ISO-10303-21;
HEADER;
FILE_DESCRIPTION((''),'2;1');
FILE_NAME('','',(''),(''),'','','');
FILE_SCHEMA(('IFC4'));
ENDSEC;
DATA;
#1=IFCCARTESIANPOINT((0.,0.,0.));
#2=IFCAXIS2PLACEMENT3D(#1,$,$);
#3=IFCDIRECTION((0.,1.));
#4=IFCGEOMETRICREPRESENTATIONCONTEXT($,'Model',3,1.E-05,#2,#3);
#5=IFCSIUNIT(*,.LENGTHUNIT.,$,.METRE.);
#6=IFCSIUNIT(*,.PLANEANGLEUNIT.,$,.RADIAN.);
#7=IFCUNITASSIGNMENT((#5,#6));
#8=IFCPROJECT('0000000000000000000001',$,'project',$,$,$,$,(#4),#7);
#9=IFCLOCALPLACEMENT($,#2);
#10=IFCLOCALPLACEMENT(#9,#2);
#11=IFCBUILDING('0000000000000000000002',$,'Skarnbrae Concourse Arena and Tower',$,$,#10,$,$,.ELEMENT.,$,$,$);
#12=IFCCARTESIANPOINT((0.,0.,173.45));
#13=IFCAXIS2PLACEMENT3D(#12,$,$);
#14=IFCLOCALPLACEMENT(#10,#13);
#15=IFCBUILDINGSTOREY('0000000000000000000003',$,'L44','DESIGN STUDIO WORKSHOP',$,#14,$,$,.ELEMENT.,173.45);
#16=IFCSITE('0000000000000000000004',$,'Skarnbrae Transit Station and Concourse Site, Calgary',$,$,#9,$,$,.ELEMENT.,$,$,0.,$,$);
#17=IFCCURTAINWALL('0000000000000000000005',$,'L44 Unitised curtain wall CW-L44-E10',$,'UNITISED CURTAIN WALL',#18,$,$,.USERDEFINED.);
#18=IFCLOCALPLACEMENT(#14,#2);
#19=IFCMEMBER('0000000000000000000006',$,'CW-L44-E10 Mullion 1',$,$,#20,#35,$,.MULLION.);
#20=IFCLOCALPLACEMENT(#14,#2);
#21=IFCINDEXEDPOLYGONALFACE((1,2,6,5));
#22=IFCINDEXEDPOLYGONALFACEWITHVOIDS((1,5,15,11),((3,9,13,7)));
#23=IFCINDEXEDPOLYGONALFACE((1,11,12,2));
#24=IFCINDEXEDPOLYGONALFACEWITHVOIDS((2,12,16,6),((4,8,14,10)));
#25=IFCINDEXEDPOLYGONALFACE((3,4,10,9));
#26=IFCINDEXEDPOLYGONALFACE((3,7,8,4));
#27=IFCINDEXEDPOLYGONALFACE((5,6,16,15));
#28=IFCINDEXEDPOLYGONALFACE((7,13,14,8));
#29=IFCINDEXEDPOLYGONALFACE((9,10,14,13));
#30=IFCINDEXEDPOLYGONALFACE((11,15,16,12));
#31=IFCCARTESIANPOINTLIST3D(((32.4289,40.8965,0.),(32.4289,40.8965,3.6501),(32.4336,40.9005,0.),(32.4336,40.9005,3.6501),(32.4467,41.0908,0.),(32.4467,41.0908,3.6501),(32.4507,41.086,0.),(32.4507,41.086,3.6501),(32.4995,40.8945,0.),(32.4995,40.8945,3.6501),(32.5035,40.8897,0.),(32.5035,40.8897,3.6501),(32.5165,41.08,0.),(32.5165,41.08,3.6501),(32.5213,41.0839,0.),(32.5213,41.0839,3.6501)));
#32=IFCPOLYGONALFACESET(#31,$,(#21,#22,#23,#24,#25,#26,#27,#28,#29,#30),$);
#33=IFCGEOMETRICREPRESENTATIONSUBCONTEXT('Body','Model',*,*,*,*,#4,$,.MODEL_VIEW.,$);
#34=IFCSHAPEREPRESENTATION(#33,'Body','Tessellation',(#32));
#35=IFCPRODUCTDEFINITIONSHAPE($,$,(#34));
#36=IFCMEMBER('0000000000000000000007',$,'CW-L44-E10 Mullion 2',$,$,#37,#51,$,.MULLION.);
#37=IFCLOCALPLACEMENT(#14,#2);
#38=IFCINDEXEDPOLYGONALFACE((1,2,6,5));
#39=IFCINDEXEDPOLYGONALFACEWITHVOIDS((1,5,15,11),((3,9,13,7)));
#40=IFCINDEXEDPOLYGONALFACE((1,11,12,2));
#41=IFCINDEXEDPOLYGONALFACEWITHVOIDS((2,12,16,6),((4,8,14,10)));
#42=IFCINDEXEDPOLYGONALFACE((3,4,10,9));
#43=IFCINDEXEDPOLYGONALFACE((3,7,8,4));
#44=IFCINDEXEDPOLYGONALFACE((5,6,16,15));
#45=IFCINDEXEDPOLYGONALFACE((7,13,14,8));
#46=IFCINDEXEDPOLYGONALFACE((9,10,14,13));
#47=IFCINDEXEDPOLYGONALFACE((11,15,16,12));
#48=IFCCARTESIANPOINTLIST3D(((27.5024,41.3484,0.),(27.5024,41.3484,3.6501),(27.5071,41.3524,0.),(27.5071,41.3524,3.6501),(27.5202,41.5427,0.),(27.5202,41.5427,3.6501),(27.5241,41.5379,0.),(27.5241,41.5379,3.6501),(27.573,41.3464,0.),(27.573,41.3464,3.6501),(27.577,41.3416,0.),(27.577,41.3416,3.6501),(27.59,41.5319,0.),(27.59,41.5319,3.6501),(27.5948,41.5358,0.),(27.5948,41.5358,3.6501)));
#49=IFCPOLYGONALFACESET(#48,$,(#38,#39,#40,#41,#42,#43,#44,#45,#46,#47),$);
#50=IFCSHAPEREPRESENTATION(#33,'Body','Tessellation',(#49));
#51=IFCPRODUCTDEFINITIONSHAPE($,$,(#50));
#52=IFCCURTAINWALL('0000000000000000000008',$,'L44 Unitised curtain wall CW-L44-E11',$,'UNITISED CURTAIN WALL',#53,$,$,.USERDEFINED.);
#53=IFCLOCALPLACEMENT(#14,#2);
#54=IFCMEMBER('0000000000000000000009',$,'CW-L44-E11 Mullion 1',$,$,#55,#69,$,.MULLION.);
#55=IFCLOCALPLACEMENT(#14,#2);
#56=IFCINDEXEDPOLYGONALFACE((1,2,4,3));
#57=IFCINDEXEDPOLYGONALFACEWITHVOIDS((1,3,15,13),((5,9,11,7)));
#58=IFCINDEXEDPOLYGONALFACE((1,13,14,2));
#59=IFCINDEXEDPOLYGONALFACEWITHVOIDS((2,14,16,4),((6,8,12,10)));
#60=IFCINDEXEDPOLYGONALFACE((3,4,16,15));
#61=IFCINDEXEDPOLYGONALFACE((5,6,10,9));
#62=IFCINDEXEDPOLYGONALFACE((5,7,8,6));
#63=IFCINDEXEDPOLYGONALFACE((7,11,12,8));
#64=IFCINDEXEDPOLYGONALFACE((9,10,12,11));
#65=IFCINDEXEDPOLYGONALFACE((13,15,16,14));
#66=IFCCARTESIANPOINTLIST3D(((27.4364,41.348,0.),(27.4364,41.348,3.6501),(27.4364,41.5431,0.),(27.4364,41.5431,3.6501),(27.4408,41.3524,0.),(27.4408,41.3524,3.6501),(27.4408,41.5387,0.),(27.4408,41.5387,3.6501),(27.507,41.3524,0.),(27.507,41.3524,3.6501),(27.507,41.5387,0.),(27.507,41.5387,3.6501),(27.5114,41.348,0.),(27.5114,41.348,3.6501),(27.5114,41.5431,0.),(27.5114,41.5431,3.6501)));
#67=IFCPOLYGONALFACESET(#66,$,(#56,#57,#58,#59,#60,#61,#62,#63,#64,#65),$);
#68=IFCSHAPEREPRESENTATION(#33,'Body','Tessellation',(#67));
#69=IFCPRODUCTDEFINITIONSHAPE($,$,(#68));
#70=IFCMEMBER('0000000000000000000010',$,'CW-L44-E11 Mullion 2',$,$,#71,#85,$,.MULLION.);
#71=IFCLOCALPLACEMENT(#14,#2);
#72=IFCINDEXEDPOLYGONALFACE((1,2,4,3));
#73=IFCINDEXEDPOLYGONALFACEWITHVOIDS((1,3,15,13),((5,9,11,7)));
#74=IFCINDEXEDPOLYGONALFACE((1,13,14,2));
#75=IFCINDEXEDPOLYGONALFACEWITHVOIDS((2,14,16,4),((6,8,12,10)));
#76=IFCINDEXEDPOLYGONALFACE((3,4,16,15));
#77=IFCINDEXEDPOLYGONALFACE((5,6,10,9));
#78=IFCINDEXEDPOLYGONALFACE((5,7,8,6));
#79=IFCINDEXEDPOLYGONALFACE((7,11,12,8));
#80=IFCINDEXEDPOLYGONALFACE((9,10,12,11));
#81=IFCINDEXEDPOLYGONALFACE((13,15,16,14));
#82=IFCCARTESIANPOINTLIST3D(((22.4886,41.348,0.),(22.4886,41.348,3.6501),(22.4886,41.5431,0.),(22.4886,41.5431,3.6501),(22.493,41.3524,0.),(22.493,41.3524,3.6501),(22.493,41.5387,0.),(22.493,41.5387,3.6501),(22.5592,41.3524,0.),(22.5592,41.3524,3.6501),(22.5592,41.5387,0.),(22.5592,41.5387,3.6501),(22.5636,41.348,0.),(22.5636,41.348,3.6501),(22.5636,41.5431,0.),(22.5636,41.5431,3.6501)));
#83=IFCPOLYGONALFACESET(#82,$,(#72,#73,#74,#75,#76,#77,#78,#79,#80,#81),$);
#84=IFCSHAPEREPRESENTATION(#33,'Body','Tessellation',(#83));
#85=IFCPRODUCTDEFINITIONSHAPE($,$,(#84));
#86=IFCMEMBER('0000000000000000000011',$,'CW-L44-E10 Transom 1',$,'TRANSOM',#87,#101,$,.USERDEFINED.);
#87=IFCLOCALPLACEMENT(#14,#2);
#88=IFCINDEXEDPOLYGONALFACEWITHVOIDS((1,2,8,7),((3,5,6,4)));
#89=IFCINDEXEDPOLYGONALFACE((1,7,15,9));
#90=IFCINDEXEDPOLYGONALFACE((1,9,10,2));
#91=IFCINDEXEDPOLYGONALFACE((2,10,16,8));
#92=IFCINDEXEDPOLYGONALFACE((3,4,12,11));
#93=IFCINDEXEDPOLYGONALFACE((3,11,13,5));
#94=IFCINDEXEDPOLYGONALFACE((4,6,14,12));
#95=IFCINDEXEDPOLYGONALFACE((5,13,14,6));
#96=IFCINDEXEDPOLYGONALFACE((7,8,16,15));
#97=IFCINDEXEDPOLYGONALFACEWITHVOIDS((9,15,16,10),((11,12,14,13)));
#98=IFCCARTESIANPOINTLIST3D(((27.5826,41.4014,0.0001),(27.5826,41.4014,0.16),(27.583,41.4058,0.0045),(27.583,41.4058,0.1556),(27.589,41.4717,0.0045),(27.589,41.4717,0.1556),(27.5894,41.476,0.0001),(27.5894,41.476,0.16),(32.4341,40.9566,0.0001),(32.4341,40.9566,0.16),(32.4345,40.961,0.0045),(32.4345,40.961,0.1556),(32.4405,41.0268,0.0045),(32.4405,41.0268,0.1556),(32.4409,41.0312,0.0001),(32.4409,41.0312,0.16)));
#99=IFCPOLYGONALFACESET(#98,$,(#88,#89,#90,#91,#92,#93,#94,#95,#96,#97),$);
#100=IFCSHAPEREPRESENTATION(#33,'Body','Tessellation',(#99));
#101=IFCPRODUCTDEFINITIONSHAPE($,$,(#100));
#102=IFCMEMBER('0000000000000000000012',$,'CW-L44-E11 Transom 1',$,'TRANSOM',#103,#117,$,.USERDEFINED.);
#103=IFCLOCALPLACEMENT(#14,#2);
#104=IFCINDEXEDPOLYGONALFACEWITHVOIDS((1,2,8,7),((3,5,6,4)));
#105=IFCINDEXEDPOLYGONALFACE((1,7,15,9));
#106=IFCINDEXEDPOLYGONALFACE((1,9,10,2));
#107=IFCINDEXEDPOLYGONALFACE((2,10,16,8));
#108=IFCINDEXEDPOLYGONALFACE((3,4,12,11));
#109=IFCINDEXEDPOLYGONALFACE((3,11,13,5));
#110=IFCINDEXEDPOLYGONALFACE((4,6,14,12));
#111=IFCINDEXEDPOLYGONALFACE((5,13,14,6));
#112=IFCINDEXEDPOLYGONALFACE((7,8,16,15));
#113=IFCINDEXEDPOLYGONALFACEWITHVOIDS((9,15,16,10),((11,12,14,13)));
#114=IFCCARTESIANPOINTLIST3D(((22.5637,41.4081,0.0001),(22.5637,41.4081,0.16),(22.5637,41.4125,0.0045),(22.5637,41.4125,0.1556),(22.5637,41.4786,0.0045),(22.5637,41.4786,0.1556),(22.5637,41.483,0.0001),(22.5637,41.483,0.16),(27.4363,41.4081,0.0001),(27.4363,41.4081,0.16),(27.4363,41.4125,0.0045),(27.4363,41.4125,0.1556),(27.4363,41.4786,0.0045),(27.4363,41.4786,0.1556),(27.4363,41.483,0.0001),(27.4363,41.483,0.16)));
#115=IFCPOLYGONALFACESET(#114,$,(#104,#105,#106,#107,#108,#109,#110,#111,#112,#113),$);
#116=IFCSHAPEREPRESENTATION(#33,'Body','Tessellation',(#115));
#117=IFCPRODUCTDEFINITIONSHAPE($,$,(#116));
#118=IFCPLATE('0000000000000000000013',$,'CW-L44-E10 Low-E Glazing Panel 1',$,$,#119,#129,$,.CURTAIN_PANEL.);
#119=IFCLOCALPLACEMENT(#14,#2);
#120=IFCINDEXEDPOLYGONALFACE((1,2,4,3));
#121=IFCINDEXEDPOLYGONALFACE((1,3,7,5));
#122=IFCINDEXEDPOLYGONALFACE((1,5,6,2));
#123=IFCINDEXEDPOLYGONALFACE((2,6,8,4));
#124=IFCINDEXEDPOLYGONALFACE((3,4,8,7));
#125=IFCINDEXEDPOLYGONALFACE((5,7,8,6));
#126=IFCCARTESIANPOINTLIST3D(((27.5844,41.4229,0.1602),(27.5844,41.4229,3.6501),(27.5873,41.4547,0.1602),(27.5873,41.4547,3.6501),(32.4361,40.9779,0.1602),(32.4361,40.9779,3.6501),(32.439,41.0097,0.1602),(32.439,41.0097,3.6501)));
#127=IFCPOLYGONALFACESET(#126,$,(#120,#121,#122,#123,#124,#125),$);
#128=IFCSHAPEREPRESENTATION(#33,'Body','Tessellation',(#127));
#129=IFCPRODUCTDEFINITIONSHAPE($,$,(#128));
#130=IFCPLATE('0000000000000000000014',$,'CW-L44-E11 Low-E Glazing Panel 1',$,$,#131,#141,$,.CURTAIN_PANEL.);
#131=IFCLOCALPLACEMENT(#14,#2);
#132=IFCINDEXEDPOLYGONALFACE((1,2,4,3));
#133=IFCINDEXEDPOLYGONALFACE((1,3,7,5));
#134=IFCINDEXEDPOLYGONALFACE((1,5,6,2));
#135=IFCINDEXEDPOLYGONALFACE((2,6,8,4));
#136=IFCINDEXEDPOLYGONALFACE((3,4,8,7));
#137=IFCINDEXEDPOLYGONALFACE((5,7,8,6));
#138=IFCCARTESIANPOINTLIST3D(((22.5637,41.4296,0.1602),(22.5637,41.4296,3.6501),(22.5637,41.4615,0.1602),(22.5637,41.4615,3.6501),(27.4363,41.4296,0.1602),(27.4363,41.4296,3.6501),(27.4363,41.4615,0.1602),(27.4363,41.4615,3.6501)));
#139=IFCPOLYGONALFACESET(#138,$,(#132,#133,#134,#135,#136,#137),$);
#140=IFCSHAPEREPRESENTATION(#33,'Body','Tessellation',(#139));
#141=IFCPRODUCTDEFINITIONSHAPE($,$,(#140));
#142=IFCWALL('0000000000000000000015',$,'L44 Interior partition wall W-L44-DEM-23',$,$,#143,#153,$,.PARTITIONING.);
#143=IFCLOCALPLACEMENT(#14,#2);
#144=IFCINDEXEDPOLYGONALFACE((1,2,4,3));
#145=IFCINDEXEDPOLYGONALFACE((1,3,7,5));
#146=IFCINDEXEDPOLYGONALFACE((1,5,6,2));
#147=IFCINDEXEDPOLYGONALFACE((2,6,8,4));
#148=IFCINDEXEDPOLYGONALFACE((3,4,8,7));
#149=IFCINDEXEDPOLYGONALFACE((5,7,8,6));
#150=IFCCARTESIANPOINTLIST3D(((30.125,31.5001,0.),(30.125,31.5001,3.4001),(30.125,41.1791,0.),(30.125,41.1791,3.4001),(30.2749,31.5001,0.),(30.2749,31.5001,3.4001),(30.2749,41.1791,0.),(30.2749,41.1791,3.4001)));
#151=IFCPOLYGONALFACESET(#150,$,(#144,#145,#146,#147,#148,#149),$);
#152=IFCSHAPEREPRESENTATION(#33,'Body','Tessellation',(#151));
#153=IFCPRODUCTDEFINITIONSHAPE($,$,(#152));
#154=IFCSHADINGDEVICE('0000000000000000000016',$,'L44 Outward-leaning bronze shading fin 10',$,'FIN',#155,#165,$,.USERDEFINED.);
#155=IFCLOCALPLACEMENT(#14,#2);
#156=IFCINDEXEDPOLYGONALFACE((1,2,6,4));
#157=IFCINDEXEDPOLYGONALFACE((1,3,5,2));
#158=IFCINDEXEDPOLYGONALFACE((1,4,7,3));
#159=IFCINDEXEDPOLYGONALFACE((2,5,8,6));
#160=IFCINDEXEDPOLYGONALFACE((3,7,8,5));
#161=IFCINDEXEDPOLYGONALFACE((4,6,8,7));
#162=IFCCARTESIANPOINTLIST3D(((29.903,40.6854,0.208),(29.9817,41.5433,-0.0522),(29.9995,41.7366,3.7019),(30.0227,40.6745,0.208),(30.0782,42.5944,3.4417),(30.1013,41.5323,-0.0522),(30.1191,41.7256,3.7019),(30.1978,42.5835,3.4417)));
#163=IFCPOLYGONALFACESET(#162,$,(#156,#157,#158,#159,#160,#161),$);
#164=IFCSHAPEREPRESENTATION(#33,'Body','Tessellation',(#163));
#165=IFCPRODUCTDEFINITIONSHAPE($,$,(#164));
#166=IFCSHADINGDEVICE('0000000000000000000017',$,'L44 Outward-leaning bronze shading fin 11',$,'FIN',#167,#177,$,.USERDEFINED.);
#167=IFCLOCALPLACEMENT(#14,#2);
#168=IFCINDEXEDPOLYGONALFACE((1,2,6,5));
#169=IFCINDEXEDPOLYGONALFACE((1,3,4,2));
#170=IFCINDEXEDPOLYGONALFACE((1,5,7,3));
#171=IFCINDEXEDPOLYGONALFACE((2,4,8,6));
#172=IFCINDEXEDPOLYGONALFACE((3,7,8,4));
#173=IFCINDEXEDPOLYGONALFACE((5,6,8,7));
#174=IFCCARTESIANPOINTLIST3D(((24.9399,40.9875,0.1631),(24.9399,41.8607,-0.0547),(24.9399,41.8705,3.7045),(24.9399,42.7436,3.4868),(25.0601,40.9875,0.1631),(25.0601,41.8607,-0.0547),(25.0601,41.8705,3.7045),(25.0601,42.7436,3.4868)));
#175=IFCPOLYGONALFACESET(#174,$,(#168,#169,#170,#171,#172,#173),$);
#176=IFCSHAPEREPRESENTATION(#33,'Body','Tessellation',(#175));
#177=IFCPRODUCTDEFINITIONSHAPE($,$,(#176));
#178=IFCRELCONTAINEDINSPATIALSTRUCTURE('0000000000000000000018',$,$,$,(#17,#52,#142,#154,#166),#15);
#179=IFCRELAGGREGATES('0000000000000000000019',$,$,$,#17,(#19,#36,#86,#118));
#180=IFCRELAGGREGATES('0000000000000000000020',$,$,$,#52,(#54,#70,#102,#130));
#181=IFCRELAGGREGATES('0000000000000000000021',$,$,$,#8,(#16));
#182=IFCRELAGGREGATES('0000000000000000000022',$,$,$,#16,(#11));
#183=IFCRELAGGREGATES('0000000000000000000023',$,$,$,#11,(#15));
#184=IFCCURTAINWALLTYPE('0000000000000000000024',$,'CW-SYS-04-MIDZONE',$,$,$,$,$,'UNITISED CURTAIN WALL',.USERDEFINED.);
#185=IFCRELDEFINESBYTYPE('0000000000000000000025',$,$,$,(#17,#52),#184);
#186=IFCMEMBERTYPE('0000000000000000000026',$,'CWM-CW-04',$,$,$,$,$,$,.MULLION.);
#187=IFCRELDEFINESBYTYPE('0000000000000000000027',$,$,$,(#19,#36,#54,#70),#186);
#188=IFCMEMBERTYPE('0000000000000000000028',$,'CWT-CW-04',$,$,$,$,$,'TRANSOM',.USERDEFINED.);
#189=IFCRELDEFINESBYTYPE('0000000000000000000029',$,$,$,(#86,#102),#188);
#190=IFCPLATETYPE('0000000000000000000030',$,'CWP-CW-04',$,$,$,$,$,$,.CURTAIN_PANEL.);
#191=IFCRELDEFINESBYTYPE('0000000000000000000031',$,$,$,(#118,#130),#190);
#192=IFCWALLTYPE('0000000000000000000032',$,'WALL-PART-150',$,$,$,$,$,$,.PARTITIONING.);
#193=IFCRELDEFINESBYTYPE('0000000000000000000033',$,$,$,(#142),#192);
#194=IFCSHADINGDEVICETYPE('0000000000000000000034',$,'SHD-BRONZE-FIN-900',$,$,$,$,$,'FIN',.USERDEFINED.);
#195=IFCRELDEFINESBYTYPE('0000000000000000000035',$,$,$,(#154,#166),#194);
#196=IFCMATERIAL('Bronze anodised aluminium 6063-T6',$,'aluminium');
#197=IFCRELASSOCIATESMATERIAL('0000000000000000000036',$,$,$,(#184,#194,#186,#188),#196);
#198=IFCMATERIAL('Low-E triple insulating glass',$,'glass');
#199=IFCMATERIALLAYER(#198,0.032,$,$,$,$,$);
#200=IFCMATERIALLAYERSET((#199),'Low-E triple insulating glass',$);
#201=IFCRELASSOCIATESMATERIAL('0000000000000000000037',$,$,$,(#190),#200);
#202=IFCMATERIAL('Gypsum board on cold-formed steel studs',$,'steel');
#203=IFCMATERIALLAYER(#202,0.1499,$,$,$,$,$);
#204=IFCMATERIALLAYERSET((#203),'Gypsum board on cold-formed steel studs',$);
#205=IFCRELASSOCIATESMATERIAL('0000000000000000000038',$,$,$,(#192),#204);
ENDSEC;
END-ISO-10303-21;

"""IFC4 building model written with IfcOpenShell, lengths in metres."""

from ifc_helpers import new_model, si_unit, direction, frame, frame_2d, origin, origin_2d, place, context, subcontext, project, spatial, rectangle, hollow_rectangle, extrude, source, transform, mapped, material, layer, layer_set, material_profile, profile_set, type_object, element, aggregate, save


model = new_model("IFC4")

# Units and contexts
model_context = context("Model", 3, precision=1e-05, world=origin(), true_north=direction((0.0, 1.0)))
body_context = subcontext(model_context, "Body", "Model", "MODEL_VIEW")
ifc_project = project(units=[si_unit("LENGTHUNIT", "METRE"), si_unit("PLANEANGLEUNIT", "RADIAN")], contexts=[model_context])

# Site, building, storey
site_placement = place(None, origin())
site = spatial("IfcSite", under=ifc_project, at=site_placement, Name="Skarnbrae Transit Station and Concourse Site, Calgary", CompositionType="ELEMENT", RefElevation=0.0)
building_placement = place(site_placement, origin())
building = spatial("IfcBuilding", under=site, at=building_placement, Name="Skarnbrae Concourse Arena and Tower", CompositionType="ELEMENT")
storey_placement = place(building_placement, frame((0.0, 0.0, 173.45)))
storey = spatial("IfcBuildingStorey", under=building, at=storey_placement, Name="L44", Description="DESIGN STUDIO WORKSHOP", CompositionType="ELEMENT", Elevation=173.45)

# Shared definitions
ifc_material_1 = material(Name="Bronze anodised aluminium 6063-T6", Category="aluminium")
curtain_wall_type = type_object("IfcCurtainWallType", Name="CW-SYS-04-MIDZONE", ElementType="UNITISED CURTAIN WALL", PredefinedType="USERDEFINED", material=ifc_material_1)
ifc_material_profile_1 = material_profile(ifc_material_1, hollow_rectangle(XDim=0.075, YDim=0.1951, WallThickness=0.0044, at=origin_2d()), Name="ALU-MULL-75X195")
ifc_profile_set_1 = profile_set([ifc_material_profile_1], Name="Bronze anodised aluminium 6063-T6")
member_type_1 = type_object("IfcMemberType", Name="CWM-CW-04", PredefinedType="MULLION", material=ifc_profile_set_1)
shared_shape_1 = source(origin(), body_context, "Body", "SweptSolid", [
    extrude(hollow_rectangle(XDim=0.075, YDim=0.1951, WallThickness=0.0044, at=origin_2d()), origin(), (0.0, 0.0, 1.0), 3.6501),
])

# Curtain walls, members
curtain_wall_1_placement = place(storey_placement, origin())
curtain_wall_1 = element("IfcCurtainWall", 1, at=curtain_wall_1_placement, inside=storey, type_object=curtain_wall_type, Name="L44 Unitised curtain wall CW-L44-E10", ObjectType="UNITISED CURTAIN WALL", PredefinedType="USERDEFINED")
member_1_placement = place(storey_placement, frame((32.4751, 40.9902, 0.0), z_axis=(0.0, 0.0, 1.0), x_axis=(-0.99582, 0.091338, 0.0)))
member_1 = element("IfcMember", 2, at=member_1_placement, type_object=member_type_1, Name="CW-L44-E10 Mullion 1", PredefinedType="MULLION", context=body_context, shape_type="MappedRepresentation", body=[
    mapped(shared_shape_1, transform((0.0, 0.0, 0.0))),
])
member_2_placement = place(storey_placement, frame((27.5486, 41.4421, 0.0), z_axis=(0.0, 0.0, 1.0), x_axis=(-0.99582, 0.091338, 0.0)))
member_2 = element("IfcMember", 3, at=member_2_placement, type_object=member_type_1, Name="CW-L44-E10 Mullion 2", PredefinedType="MULLION", context=body_context, shape_type="MappedRepresentation", body=[
    mapped(shared_shape_1, transform((0.0, 0.0, 0.0))),
])
curtain_wall_2_placement = place(storey_placement, origin())
curtain_wall_2 = element("IfcCurtainWall", 4, at=curtain_wall_2_placement, inside=storey, type_object=curtain_wall_type, Name="L44 Unitised curtain wall CW-L44-E11", ObjectType="UNITISED CURTAIN WALL", PredefinedType="USERDEFINED")
member_3_placement = place(storey_placement, frame((27.4739, 41.4456, 0.0), z_axis=(0.0, 0.0, 1.0), x_axis=(-1.0, 0.0, 0.0)))
member_3 = element("IfcMember", 5, at=member_3_placement, type_object=member_type_1, Name="CW-L44-E11 Mullion 1", PredefinedType="MULLION", context=body_context, shape_type="MappedRepresentation", body=[
    mapped(shared_shape_1, transform((0.0, 0.0, 0.0))),
])
member_4_placement = place(storey_placement, frame((22.5261, 41.4456, 0.0), z_axis=(0.0, 0.0, 1.0), x_axis=(-1.0, 0.0, 0.0)))
member_4 = element("IfcMember", 6, at=member_4_placement, type_object=member_type_1, Name="CW-L44-E11 Mullion 2", PredefinedType="MULLION", context=body_context, shape_type="MappedRepresentation", body=[
    mapped(shared_shape_1, transform((0.0, 0.0, 0.0))),
])

# Members
ifc_material_profile_2 = material_profile(ifc_material_1, hollow_rectangle(XDim=0.075, YDim=0.1599, WallThickness=0.0044, at=origin_2d()), Name="ALU-TRAN-75X160")
ifc_profile_set_2 = profile_set([ifc_material_profile_2], Name="Bronze anodised aluminium 6063-T6")
member_type_2 = type_object("IfcMemberType", Name="CWT-CW-04", ElementType="TRANSOM", PredefinedType="USERDEFINED", material=ifc_profile_set_2)
shared_shape_2 = source(origin(), body_context, "Body", "SweptSolid", [
    extrude(hollow_rectangle(XDim=0.075, YDim=0.1599, WallThickness=0.0044, at=origin_2d()), origin(), (0.0, 0.0, 1.0), 4.8718),
])
member_5_placement = place(storey_placement, frame((32.4375, 40.9939, 0.0801), z_axis=(-0.995823, 0.091304, 0.0), x_axis=(-0.091304, -0.995823, 0.0)))
member_5 = element("IfcMember", 7, at=member_5_placement, type_object=member_type_2, Name="CW-L44-E10 Transom 1", ObjectType="TRANSOM", PredefinedType="USERDEFINED", context=body_context, shape_type="MappedRepresentation", body=[
    mapped(shared_shape_2, transform((0.0, 0.0, 0.0))),
])
shared_shape_3 = source(origin(), body_context, "Body", "SweptSolid", [
    extrude(hollow_rectangle(XDim=0.075, YDim=0.1599, WallThickness=0.0044, at=origin_2d()), origin(), (0.0, 0.0, 1.0), 4.8726),
])
member_6_placement = place(storey_placement, frame((27.4363, 41.4456, 0.0801), z_axis=(-1.0, 0.0, 0.0), x_axis=(0.0, -1.0, 0.0)))
member_6 = element("IfcMember", 8, at=member_6_placement, type_object=member_type_2, Name="CW-L44-E11 Transom 1", ObjectType="TRANSOM", PredefinedType="USERDEFINED", context=body_context, shape_type="MappedRepresentation", body=[
    mapped(shared_shape_3, transform((0.0, 0.0, 0.0))),
])

# Plates
ifc_material_2 = material(Name="Low-E triple insulating glass", Category="glass")
ifc_layer_1 = layer(ifc_material_2, 0.032)
ifc_layer_set_1 = layer_set([ifc_layer_1], Name="Low-E triple insulating glass")
plate_type = type_object("IfcPlateType", Name="CWP-CW-04", PredefinedType="CURTAIN_PANEL", material=ifc_layer_set_1)
shared_shape_4 = source(origin(), body_context, "Body", "SweptSolid", [
    extrude(rectangle(XDim=4.8721, YDim=0.032, at=origin_2d()), origin(), (0.0, 0.0, 1.0), 3.49),
])
plate_1_placement = place(storey_placement, frame((30.0117, 41.2163, 0.1602), z_axis=(0.0, 0.0, 1.0), x_axis=(-0.99582, 0.091338, 0.0)))
plate_1 = element("IfcPlate", 9, at=plate_1_placement, type_object=plate_type, Name="CW-L44-E10 Low-E Glazing Panel 1", PredefinedType="CURTAIN_PANEL", context=body_context, shape_type="MappedRepresentation", body=[
    mapped(shared_shape_4, transform((0.0, 0.0, 0.0))),
])
aggregate(curtain_wall_1, [member_1, member_2, member_5, plate_1])
shared_shape_5 = source(origin(), body_context, "Body", "SweptSolid", [
    extrude(rectangle(XDim=4.8726, YDim=0.032, at=origin_2d()), origin(), (0.0, 0.0, 1.0), 3.49),
])
plate_2_placement = place(storey_placement, frame((25.0, 41.4456, 0.1602), z_axis=(0.0, 0.0, 1.0), x_axis=(-1.0, 0.0, 0.0)))
plate_2 = element("IfcPlate", 10, at=plate_2_placement, type_object=plate_type, Name="CW-L44-E11 Low-E Glazing Panel 1", PredefinedType="CURTAIN_PANEL", context=body_context, shape_type="MappedRepresentation", body=[
    mapped(shared_shape_5, transform((0.0, 0.0, 0.0))),
])
aggregate(curtain_wall_2, [member_3, member_4, member_6, plate_2])

# Wall
ifc_material_3 = material(Name="Gypsum board on cold-formed steel studs", Category="steel")
ifc_layer_2 = layer(ifc_material_3, 0.1499)
ifc_layer_set_2 = layer_set([ifc_layer_2], Name="Gypsum board on cold-formed steel studs")
wall_type = type_object("IfcWallType", Name="WALL-PART-150", PredefinedType="PARTITIONING", material=ifc_layer_set_2)
shared_shape_6 = source(origin(), body_context, "Body", "SweptSolid", [
    extrude(rectangle(XDim=9.679, YDim=0.1499, at=frame_2d((4.8394, 0.0))), origin(), (0.0, 0.0, 1.0), 3.4001),
])
wall_placement = place(storey_placement, frame((30.2, 41.179, 0.0), z_axis=(0.0, 0.0, 1.0), x_axis=(0.0, -1.0, 0.0)))
element("IfcWall", 11, at=wall_placement, inside=storey, type_object=wall_type, Name="L44 Interior partition wall W-L44-DEM-23", PredefinedType="PARTITIONING", context=body_context, shape_type="MappedRepresentation", body=[
    mapped(shared_shape_6, transform((0.0, 0.0, 0.0))),
])

# Shading devices
shading_device_type = type_object("IfcShadingDeviceType", Name="SHD-BRONZE-FIN-900", ElementType="FIN", PredefinedType="USERDEFINED", material=ifc_material_1)
shared_shape_7 = source(origin(), body_context, "Body", "SweptSolid", [
    extrude(rectangle(XDim=0.1201, YDim=0.8999, at=origin_2d()), origin(), (0.0, 0.0, 1.0), 3.6499),
])
for number, where, z_axis, x_axis, name in (
    (12, (30.0022, 41.1089, 0.0779), (0.026417, 0.28799, 0.957269), (0.995819, -0.091345, 0.0), "L44 Outward-leaning bronze shading fin 10"),
    (13, (25.0, 41.4241, 0.0542), (0.0, 0.241922, 0.970296), (1.0, 0.0, 0.0), "L44 Outward-leaning bronze shading fin 11"),
):
    element("IfcShadingDevice", number, at=place(storey_placement, frame(where, z_axis=z_axis, x_axis=x_axis)), inside=storey, type_object=shading_device_type, Name=name, ObjectType="FIN", PredefinedType="USERDEFINED", context=body_context, shape_type="MappedRepresentation", body=[
        mapped(shared_shape_7, transform((0.0, 0.0, 0.0))),
    ])

save(model, "model.ifc")
